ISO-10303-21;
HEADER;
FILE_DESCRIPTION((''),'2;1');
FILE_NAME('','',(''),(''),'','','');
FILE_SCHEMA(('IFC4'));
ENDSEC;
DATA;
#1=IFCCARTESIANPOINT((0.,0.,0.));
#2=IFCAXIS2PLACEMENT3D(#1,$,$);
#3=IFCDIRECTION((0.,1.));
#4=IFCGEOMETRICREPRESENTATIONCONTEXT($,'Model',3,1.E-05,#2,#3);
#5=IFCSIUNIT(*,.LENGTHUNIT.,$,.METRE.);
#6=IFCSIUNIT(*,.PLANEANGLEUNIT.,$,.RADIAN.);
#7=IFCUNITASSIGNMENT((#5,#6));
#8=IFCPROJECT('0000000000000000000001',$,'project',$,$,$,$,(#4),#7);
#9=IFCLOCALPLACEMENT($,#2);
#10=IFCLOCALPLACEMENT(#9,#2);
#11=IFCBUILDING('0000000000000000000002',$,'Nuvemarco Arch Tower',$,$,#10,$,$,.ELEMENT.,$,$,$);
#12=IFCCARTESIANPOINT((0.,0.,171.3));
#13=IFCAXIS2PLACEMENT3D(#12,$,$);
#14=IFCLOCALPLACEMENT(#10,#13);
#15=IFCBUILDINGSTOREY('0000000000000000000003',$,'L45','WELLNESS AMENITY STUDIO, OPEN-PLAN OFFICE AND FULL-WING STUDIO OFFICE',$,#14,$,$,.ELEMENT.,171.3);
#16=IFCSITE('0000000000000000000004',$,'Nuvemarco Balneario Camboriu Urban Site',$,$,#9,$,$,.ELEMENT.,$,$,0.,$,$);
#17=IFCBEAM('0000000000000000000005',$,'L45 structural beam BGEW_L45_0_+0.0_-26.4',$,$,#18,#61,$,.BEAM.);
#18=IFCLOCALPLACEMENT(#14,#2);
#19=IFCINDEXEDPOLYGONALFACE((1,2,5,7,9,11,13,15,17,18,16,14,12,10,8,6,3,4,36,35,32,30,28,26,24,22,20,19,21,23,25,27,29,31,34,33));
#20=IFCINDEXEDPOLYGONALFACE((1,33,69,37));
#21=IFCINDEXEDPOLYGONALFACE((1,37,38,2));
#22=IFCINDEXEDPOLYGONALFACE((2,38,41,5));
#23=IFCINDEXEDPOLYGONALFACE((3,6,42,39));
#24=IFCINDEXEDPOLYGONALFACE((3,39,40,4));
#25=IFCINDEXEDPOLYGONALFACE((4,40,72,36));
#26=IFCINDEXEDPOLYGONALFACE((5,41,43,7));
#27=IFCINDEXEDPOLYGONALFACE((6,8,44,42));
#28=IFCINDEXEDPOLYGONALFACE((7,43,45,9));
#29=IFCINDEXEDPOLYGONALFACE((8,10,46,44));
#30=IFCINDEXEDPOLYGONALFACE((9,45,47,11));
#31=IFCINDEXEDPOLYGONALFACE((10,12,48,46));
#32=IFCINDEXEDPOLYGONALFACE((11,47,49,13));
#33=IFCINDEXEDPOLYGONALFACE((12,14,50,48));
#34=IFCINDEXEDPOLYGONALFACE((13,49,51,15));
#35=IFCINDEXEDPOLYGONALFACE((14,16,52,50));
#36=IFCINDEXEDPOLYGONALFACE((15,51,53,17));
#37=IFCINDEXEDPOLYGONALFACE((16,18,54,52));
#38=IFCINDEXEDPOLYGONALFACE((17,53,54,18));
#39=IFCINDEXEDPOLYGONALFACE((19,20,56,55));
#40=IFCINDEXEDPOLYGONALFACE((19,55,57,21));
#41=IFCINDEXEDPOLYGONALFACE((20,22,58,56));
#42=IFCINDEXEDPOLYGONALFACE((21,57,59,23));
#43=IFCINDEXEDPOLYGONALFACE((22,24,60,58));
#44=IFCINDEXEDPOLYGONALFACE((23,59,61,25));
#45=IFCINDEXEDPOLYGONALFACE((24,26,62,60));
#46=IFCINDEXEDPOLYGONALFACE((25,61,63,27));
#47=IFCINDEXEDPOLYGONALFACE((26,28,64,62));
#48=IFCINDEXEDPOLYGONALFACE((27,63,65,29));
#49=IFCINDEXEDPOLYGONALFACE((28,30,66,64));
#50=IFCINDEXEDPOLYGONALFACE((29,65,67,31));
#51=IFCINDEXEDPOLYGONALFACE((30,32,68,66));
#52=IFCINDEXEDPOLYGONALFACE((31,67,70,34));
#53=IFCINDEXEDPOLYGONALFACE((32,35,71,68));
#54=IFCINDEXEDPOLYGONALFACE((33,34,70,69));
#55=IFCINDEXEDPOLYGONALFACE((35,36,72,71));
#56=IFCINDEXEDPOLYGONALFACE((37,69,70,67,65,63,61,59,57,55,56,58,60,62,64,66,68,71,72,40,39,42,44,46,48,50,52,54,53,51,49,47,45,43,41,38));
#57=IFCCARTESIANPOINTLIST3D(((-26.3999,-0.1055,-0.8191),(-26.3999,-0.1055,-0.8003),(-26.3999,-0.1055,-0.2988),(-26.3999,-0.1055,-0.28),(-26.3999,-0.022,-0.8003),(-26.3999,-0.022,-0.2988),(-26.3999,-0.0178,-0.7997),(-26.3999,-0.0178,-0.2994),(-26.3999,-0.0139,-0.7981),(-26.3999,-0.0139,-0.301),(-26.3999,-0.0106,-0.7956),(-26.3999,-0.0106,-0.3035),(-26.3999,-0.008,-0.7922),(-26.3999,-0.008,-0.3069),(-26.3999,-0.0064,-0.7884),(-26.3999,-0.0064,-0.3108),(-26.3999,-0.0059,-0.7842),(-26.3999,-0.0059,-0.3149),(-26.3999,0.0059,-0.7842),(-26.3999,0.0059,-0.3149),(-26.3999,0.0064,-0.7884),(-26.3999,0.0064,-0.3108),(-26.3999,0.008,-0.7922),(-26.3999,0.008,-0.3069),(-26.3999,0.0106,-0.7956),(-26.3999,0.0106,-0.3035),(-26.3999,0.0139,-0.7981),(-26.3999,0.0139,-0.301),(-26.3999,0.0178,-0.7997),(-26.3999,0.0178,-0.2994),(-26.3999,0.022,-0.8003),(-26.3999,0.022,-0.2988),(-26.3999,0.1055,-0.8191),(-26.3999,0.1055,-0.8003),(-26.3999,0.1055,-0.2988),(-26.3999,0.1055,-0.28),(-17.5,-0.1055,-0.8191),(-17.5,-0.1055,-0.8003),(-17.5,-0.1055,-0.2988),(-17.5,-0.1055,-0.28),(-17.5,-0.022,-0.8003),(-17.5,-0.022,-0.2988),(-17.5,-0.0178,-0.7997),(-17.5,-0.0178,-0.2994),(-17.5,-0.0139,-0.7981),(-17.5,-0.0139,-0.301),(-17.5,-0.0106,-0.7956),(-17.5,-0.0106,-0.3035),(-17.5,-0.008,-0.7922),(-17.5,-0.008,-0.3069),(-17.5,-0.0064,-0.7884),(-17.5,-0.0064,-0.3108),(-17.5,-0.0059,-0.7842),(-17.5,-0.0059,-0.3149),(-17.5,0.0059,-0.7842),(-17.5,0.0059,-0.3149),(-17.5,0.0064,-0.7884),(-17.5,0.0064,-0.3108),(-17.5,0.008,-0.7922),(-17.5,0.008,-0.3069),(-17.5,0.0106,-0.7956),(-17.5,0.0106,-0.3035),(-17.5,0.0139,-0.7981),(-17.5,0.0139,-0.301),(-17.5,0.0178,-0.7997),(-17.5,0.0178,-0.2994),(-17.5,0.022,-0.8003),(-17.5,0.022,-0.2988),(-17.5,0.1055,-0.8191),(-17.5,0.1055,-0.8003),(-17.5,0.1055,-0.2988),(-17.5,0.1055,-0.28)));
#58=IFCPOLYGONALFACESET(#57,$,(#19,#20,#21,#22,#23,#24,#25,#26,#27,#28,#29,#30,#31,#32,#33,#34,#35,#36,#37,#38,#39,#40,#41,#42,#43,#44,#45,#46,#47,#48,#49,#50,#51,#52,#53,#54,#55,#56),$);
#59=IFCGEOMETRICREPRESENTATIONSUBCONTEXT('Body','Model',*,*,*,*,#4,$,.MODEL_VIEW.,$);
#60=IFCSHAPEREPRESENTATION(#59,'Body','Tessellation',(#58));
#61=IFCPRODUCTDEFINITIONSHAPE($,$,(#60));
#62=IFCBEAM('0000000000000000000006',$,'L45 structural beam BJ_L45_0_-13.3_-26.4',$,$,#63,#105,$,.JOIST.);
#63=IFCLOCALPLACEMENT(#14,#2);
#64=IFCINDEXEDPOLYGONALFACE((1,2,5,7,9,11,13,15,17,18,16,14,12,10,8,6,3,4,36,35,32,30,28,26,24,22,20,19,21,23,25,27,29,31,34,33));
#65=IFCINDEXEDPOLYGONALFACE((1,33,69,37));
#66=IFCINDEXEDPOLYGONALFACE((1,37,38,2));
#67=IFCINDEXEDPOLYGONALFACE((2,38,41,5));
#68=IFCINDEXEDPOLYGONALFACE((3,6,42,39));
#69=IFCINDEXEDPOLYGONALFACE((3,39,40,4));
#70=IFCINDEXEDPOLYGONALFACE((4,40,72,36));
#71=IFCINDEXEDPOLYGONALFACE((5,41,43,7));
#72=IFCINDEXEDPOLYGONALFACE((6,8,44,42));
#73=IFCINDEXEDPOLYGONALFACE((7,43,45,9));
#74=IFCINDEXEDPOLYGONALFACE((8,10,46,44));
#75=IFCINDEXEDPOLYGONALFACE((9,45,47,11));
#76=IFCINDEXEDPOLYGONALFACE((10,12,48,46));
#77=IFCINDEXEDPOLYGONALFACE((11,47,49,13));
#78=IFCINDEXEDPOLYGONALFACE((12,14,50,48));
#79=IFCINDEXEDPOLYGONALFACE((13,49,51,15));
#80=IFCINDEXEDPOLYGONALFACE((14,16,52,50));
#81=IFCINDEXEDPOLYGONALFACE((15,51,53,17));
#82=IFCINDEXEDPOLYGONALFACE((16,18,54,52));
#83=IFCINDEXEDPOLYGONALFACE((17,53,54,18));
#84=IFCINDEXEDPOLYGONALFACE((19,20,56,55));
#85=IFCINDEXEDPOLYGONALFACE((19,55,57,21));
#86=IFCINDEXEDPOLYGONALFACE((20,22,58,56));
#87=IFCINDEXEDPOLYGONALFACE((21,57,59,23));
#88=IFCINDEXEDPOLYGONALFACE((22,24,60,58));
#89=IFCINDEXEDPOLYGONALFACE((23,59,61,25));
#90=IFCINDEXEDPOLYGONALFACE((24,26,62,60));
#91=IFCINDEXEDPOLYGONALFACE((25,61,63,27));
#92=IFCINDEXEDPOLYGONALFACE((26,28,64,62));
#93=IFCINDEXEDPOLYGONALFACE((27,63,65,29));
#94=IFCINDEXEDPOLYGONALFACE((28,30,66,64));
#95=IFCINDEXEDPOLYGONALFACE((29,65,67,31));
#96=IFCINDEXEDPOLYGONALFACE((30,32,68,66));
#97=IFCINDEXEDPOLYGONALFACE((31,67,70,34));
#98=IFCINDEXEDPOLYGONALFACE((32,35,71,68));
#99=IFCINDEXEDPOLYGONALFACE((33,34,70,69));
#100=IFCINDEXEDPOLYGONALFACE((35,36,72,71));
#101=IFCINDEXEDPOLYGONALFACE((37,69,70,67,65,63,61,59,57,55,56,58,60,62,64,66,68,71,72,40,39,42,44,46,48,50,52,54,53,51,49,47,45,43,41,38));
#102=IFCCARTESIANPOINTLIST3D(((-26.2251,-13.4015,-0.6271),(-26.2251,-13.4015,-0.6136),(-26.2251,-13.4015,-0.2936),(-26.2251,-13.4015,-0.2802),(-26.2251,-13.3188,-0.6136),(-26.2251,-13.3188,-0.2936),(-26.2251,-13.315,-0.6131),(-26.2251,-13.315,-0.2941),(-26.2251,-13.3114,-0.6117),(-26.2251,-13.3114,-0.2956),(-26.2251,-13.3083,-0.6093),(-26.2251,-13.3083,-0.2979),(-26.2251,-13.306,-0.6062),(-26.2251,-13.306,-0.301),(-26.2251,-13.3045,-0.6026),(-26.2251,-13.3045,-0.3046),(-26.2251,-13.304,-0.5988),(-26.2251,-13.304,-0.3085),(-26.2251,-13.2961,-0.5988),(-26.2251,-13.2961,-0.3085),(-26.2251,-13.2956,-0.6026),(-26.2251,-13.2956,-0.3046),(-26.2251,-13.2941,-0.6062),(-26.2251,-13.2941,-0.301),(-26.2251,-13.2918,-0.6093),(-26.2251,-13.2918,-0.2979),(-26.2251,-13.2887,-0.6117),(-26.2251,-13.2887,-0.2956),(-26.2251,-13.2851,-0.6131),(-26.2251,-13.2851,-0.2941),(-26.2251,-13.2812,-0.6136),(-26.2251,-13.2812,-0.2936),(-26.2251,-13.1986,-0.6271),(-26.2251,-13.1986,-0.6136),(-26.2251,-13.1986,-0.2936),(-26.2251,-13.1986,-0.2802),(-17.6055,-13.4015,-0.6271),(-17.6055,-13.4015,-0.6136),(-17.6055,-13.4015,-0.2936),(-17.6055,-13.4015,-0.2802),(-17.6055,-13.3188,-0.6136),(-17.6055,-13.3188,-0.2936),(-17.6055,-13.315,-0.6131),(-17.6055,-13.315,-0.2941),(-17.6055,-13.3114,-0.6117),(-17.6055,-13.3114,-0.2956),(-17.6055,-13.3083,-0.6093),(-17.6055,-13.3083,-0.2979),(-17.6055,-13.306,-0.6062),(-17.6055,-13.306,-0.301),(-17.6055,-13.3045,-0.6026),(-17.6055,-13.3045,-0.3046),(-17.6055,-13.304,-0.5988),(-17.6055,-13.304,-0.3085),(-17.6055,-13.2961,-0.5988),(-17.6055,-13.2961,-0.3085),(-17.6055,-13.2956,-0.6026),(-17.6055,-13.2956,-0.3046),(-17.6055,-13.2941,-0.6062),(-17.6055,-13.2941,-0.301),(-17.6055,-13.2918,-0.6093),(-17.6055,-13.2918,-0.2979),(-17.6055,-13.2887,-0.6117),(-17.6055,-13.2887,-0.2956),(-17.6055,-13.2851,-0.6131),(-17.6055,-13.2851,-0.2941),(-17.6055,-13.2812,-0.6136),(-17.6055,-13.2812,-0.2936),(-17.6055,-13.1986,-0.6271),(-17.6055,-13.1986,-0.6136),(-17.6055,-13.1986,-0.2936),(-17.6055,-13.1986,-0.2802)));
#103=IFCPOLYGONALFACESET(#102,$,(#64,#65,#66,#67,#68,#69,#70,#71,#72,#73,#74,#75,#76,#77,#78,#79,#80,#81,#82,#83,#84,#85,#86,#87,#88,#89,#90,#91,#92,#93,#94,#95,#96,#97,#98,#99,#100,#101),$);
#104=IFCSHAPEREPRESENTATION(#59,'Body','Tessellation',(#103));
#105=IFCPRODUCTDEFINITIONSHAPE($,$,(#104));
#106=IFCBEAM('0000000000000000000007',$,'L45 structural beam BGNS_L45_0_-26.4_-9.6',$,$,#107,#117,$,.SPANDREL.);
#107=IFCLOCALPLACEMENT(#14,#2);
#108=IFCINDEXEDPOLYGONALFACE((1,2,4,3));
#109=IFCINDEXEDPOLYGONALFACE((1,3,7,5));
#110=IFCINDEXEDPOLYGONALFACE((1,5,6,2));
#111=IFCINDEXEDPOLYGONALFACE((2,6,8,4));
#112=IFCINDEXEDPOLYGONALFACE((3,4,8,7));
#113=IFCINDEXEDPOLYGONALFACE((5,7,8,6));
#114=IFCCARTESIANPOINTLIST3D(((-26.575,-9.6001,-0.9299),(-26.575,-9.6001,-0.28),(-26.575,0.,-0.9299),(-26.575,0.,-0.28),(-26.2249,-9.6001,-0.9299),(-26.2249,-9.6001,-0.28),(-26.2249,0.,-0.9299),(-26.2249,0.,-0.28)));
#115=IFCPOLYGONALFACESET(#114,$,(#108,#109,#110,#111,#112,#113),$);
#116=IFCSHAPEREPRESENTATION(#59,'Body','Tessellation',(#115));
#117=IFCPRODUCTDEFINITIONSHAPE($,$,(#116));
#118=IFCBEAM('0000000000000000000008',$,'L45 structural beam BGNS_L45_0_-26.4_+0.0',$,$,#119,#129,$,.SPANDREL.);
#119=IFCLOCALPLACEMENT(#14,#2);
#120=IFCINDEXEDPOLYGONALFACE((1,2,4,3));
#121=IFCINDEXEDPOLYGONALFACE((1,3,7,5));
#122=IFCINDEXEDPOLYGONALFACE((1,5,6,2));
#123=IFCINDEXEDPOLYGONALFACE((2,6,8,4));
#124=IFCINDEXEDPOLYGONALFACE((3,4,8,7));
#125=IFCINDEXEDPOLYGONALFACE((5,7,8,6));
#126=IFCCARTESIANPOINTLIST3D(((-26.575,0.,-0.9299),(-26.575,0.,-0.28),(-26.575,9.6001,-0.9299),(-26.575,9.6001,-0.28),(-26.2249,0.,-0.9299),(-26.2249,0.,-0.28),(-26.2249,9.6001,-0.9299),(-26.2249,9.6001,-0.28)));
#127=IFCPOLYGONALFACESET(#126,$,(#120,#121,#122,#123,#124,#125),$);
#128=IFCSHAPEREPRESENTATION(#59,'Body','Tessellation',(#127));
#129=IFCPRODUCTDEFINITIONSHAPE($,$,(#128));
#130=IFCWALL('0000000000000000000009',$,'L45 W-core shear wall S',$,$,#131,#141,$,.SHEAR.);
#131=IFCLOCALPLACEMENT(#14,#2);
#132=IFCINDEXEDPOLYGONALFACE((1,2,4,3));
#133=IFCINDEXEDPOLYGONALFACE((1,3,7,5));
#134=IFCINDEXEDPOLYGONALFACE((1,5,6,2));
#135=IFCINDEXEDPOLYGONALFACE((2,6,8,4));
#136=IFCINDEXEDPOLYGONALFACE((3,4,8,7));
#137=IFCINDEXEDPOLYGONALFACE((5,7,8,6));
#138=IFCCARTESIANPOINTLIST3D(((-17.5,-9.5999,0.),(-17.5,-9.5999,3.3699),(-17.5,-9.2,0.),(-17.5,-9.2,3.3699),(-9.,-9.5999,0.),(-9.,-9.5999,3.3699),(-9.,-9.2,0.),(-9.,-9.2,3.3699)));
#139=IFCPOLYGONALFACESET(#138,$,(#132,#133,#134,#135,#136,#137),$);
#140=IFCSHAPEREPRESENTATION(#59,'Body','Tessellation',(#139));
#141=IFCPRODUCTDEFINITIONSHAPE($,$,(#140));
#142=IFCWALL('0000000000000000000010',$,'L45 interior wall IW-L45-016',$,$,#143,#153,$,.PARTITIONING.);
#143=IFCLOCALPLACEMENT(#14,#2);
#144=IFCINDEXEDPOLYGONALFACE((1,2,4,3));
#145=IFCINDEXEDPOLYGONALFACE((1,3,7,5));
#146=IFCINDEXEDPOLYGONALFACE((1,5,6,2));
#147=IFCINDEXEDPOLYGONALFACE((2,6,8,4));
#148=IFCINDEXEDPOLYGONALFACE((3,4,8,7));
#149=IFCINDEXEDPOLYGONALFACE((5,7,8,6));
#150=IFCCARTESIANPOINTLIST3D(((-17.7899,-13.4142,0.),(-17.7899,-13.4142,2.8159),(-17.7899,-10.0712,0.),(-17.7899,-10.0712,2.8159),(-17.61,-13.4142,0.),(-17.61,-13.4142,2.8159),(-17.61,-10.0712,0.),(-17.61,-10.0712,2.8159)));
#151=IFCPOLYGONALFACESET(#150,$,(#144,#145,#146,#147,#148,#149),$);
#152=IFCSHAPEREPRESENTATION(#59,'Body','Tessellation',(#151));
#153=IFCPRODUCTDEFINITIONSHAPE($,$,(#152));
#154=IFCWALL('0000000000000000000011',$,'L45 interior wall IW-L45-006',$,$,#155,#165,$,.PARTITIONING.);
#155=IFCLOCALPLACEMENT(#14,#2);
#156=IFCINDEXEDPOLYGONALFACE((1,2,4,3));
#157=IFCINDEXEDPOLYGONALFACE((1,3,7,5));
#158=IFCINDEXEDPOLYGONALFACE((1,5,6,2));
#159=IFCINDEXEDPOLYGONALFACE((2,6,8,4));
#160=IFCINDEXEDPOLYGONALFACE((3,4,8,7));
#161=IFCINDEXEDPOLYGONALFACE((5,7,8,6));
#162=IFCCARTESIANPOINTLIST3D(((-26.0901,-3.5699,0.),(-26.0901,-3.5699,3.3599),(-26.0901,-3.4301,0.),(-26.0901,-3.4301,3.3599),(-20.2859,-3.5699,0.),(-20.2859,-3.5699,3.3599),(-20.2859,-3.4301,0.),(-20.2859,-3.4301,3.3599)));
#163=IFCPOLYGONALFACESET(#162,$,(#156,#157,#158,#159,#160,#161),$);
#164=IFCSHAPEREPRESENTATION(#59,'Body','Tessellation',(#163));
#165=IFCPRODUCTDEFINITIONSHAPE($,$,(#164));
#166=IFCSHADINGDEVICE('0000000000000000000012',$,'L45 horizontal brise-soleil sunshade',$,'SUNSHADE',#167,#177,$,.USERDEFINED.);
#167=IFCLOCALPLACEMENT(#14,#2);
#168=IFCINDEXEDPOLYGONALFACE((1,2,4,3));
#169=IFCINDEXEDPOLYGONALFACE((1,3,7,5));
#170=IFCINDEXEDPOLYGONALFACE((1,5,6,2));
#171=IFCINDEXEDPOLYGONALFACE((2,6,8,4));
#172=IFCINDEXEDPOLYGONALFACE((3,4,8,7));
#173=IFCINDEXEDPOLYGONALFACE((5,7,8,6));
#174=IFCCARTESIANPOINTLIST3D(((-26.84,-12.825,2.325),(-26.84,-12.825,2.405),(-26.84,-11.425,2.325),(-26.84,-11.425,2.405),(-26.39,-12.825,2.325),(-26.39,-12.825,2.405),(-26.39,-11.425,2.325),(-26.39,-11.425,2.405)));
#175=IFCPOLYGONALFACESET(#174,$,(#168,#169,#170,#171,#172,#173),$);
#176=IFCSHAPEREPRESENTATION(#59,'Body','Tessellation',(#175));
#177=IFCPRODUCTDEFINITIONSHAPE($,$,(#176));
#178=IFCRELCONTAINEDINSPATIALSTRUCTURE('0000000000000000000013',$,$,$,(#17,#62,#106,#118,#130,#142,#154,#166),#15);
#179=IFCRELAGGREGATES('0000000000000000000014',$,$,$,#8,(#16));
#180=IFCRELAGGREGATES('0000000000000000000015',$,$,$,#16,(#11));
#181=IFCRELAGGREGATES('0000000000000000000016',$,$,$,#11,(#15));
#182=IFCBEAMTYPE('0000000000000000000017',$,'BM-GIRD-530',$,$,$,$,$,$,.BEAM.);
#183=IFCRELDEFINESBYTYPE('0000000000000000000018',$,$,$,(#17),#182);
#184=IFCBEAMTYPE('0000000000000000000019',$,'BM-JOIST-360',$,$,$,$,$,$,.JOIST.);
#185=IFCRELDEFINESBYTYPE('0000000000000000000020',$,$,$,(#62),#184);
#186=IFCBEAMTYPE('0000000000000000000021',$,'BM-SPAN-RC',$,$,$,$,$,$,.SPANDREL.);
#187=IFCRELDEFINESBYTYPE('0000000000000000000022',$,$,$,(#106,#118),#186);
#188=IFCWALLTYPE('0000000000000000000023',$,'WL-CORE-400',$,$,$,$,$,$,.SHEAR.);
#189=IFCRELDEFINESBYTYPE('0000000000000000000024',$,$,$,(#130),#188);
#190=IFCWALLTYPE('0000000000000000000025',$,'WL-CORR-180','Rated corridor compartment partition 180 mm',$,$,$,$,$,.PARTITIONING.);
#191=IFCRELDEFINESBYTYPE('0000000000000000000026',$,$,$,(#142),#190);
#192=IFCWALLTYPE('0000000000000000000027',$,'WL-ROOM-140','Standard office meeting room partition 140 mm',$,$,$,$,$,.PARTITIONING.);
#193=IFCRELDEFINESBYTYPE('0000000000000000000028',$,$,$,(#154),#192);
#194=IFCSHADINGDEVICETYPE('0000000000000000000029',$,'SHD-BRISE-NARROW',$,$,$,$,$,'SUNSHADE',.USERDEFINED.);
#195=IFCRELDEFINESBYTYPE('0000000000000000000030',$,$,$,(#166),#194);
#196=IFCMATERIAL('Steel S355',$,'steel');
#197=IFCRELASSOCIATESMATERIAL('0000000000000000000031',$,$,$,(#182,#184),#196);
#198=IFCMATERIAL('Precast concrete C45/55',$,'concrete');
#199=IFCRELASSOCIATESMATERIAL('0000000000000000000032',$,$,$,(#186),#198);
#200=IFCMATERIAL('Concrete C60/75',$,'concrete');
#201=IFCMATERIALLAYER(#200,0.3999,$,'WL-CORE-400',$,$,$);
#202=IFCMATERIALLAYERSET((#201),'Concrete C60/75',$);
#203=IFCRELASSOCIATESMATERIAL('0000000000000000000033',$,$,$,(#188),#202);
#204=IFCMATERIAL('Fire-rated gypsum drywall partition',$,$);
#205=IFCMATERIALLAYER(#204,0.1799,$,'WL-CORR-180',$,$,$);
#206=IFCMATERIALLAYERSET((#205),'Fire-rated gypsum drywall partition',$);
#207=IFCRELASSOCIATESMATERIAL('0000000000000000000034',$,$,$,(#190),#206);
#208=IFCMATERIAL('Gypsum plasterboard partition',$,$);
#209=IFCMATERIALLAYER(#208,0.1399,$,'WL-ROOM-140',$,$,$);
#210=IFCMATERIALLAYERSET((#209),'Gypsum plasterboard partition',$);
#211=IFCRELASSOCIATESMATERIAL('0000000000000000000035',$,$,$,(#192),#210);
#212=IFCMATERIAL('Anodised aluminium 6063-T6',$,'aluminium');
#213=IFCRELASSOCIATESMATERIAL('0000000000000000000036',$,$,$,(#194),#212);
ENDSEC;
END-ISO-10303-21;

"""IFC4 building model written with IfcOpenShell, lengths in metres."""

from ifc_helpers import new_model, si_unit, direction, frame, frame_2d, origin, origin_2d, place, context, subcontext, project, spatial, rectangle, i_section, extrude, source, transform, mapped, material, layer, layer_set, material_profile, profile_set, type_object, type_shapes, element, save


model = new_model("IFC4")

# Units and contexts
model_context = context("Model", 3, precision=1e-05, world=origin(), true_north=direction((0.0, 1.0)))
body_context = subcontext(model_context, "Body", "Model", "MODEL_VIEW")
ifc_project = project(units=[si_unit("LENGTHUNIT", "METRE"), si_unit("PLANEANGLEUNIT", "RADIAN")], contexts=[model_context])

# Site, building, storey
site_placement = place(None, origin())
site = spatial("IfcSite", under=ifc_project, at=site_placement, Name="Nuvemarco Balneario Camboriu Urban Site", CompositionType="ELEMENT", RefElevation=0.0)
building_placement = place(site_placement, origin())
building = spatial("IfcBuilding", under=site, at=building_placement, Name="Nuvemarco Arch Tower", CompositionType="ELEMENT")
storey_placement = place(building_placement, frame((0.0, 0.0, 171.3)))
storey = spatial("IfcBuildingStorey", under=building, at=storey_placement, Name="L45", Description="WELLNESS AMENITY STUDIO, OPEN-PLAN OFFICE AND FULL-WING STUDIO OFFICE", CompositionType="ELEMENT", Elevation=171.3)

# Shared definitions
ifc_material_1 = material(Name="Steel S355", Category="steel")

# Beams
ifc_material_profile_1 = material_profile(ifc_material_1, i_section(OverallWidth=0.2109, OverallDepth=0.5391, WebThickness=0.0117, FlangeThickness=0.0188, FilletRadius=0.0161, at=origin_2d()), Name="W530x109")
ifc_profile_set_1 = profile_set([ifc_material_profile_1], Name="Steel S355")
beam_type_1 = type_object("IfcBeamType", Name="BM-GIRD-530", PredefinedType="BEAM", material=ifc_profile_set_1)
beam_1_placement = place(storey_placement, frame((-26.3999, 0.0, -0.5496), z_axis=(1.0, 0.0, 0.0), x_axis=(0.0, 1.0, 0.0)))
element("IfcBeam", 1, at=beam_1_placement, inside=storey, type_object=beam_type_1, Name="L45 structural beam BGEW_L45_0_+0.0_-26.4", PredefinedType="BEAM", context=body_context, shape_type="SweptSolid", body=[
    extrude(i_section(OverallWidth=0.2109, OverallDepth=0.5391, WebThickness=0.0117, FlangeThickness=0.0188, FilletRadius=0.0161, at=origin_2d()), origin(), (0.0, 0.0, 1.0), 8.8999),
])
ifc_material_profile_2 = material_profile(ifc_material_1, i_section(OverallWidth=0.2029, OverallDepth=0.3469, WebThickness=0.0078, FlangeThickness=0.0134, FilletRadius=0.0149, at=origin_2d()), Name="W360x64")
ifc_profile_set_2 = profile_set([ifc_material_profile_2], Name="Steel S355")
beam_type_2 = type_object("IfcBeamType", Name="BM-JOIST-360", PredefinedType="JOIST", material=ifc_profile_set_2)
beam_2_placement = place(storey_placement, frame((-26.2251, -13.3, -0.4536), z_axis=(1.0, 0.0, 0.0), x_axis=(0.0, 1.0, 0.0)))
element("IfcBeam", 2, at=beam_2_placement, inside=storey, type_object=beam_type_2, Name="L45 structural beam BJ_L45_0_-13.3_-26.4", PredefinedType="JOIST", context=body_context, shape_type="SweptSolid", body=[
    extrude(i_section(OverallWidth=0.2029, OverallDepth=0.3469, WebThickness=0.0078, FlangeThickness=0.0134, FilletRadius=0.0149, at=origin_2d()), origin(), (0.0, 0.0, 1.0), 8.6196),
])
ifc_material_2 = material(Name="Precast concrete C45/55", Category="concrete")
ifc_material_profile_3 = material_profile(ifc_material_2, rectangle(XDim=0.3501, YDim=0.6499, at=origin_2d()), Name="PC-SP-350x650")
ifc_profile_set_3 = profile_set([ifc_material_profile_3], Name="Precast concrete C45/55")
beam_type_3 = type_object("IfcBeamType", Name="BM-SPAN-RC", PredefinedType="SPANDREL", material=ifc_profile_set_3)
for number, where, z_axis, x_axis, name in (
    (3, (-26.3999, -9.6001, -0.605), (0.0, 1.0, 0.0), (-1.0, 0.0, 0.0), "L45 structural beam BGNS_L45_0_-26.4_-9.6"),
    (4, (-26.3999, 0.0, -0.605), (0.0, 1.0, 0.0), (-1.0, 0.0, 0.0), "L45 structural beam BGNS_L45_0_-26.4_+0.0"),
):
    element("IfcBeam", number, at=place(storey_placement, frame(where, z_axis=z_axis, x_axis=x_axis)), inside=storey, type_object=beam_type_3, Name=name, PredefinedType="SPANDREL", context=body_context, shape_type="SweptSolid", body=[
        extrude(rectangle(XDim=0.3501, YDim=0.6499, at=origin_2d()), origin(), (0.0, 0.0, 1.0), 9.6001),
    ])

# Walls
ifc_material_3 = material(Name="Concrete C60/75", Category="concrete")
ifc_layer_1 = layer(ifc_material_3, 0.3999, Name="WL-CORE-400")
ifc_layer_set_1 = layer_set([ifc_layer_1], Name="Concrete C60/75")
wall_type_1 = type_object("IfcWallType", Name="WL-CORE-400", PredefinedType="SHEAR", material=ifc_layer_set_1)
wall_1_placement = place(storey_placement, frame((-17.5, -9.3999, 0.0), z_axis=(0.0, 0.0, 1.0), x_axis=(1.0, 0.0, 0.0)))
element("IfcWall", 5, at=wall_1_placement, inside=storey, type_object=wall_type_1, Name="L45 W-core shear wall S", PredefinedType="SHEAR", context=body_context, shape_type="SweptSolid", body=[
    extrude(rectangle(XDim=8.5, YDim=0.3999, at=frame_2d((4.25, 0.0))), origin(), (0.0, 0.0, 1.0), 3.3699),
])
ifc_material_4 = material(Name="Fire-rated gypsum drywall partition")
ifc_layer_2 = layer(ifc_material_4, 0.1799, Name="WL-CORR-180")
ifc_layer_set_2 = layer_set([ifc_layer_2], Name="Fire-rated gypsum drywall partition")
wall_type_2 = type_object("IfcWallType", Name="WL-CORR-180", Description="Rated corridor compartment partition 180 mm", PredefinedType="PARTITIONING", material=ifc_layer_set_2)
wall_2_placement = place(storey_placement, frame((-17.7, -13.4141, 0.0), z_axis=(0.0, 0.0, 1.0), x_axis=(0.0, 1.0, 0.0)))
element("IfcWall", 6, at=wall_2_placement, inside=storey, type_object=wall_type_2, Name="L45 interior wall IW-L45-016", PredefinedType="PARTITIONING", context=body_context, shape_type="SweptSolid", body=[
    extrude(rectangle(XDim=3.343, YDim=0.1799, at=frame_2d((1.6714, 0.0))), origin(), (0.0, 0.0, 1.0), 2.8159),
])
ifc_material_5 = material(Name="Gypsum plasterboard partition")
ifc_layer_3 = layer(ifc_material_5, 0.1399, Name="WL-ROOM-140")
ifc_layer_set_3 = layer_set([ifc_layer_3], Name="Gypsum plasterboard partition")
wall_type_3 = type_object("IfcWallType", Name="WL-ROOM-140", Description="Standard office meeting room partition 140 mm", PredefinedType="PARTITIONING", material=ifc_layer_set_3)
wall_3_placement = place(storey_placement, frame((-26.0901, -3.5, 0.0), z_axis=(0.0, 0.0, 1.0), x_axis=(1.0, 0.0, 0.0)))
element("IfcWall", 7, at=wall_3_placement, inside=storey, type_object=wall_type_3, Name="L45 interior wall IW-L45-006", PredefinedType="PARTITIONING", context=body_context, shape_type="SweptSolid", body=[
    extrude(rectangle(XDim=5.8042, YDim=0.1399, at=frame_2d((2.9021, 0.0))), origin(), (0.0, 0.0, 1.0), 3.3599),
])

# Shading device
ifc_material_6 = material(Name="Anodised aluminium 6063-T6", Category="aluminium")
shading_device_type = type_object("IfcShadingDeviceType", Name="SHD-BRISE-NARROW", ElementType="SUNSHADE", PredefinedType="USERDEFINED", material=ifc_material_6)
shared_shape = source(origin(), body_context, "Body", "SweptSolid", [
    extrude(rectangle(XDim=1.3999, YDim=0.45, at=origin_2d()), origin(), (0.0, 0.0, 1.0), 0.0801),
])
type_shapes(shading_device_type, [shared_shape])
for number, where, z_axis, x_axis, name in (
    (8, (-26.615, -12.125, 2.325), (0.0, 0.0, 1.0), (0.0, 1.0, 0.0), "L45 horizontal brise-soleil sunshade"),
):
    element("IfcShadingDevice", number, at=place(storey_placement, frame(where, z_axis=z_axis, x_axis=x_axis)), inside=storey, type_object=shading_device_type, Name=name, ObjectType="SUNSHADE", PredefinedType="USERDEFINED", context=body_context, shape_type="MappedRepresentation", body=[
        mapped(shared_shape, transform((0.0, 0.0, 0.0), scale=1.0)),
    ])

save(model, "model.ifc")
